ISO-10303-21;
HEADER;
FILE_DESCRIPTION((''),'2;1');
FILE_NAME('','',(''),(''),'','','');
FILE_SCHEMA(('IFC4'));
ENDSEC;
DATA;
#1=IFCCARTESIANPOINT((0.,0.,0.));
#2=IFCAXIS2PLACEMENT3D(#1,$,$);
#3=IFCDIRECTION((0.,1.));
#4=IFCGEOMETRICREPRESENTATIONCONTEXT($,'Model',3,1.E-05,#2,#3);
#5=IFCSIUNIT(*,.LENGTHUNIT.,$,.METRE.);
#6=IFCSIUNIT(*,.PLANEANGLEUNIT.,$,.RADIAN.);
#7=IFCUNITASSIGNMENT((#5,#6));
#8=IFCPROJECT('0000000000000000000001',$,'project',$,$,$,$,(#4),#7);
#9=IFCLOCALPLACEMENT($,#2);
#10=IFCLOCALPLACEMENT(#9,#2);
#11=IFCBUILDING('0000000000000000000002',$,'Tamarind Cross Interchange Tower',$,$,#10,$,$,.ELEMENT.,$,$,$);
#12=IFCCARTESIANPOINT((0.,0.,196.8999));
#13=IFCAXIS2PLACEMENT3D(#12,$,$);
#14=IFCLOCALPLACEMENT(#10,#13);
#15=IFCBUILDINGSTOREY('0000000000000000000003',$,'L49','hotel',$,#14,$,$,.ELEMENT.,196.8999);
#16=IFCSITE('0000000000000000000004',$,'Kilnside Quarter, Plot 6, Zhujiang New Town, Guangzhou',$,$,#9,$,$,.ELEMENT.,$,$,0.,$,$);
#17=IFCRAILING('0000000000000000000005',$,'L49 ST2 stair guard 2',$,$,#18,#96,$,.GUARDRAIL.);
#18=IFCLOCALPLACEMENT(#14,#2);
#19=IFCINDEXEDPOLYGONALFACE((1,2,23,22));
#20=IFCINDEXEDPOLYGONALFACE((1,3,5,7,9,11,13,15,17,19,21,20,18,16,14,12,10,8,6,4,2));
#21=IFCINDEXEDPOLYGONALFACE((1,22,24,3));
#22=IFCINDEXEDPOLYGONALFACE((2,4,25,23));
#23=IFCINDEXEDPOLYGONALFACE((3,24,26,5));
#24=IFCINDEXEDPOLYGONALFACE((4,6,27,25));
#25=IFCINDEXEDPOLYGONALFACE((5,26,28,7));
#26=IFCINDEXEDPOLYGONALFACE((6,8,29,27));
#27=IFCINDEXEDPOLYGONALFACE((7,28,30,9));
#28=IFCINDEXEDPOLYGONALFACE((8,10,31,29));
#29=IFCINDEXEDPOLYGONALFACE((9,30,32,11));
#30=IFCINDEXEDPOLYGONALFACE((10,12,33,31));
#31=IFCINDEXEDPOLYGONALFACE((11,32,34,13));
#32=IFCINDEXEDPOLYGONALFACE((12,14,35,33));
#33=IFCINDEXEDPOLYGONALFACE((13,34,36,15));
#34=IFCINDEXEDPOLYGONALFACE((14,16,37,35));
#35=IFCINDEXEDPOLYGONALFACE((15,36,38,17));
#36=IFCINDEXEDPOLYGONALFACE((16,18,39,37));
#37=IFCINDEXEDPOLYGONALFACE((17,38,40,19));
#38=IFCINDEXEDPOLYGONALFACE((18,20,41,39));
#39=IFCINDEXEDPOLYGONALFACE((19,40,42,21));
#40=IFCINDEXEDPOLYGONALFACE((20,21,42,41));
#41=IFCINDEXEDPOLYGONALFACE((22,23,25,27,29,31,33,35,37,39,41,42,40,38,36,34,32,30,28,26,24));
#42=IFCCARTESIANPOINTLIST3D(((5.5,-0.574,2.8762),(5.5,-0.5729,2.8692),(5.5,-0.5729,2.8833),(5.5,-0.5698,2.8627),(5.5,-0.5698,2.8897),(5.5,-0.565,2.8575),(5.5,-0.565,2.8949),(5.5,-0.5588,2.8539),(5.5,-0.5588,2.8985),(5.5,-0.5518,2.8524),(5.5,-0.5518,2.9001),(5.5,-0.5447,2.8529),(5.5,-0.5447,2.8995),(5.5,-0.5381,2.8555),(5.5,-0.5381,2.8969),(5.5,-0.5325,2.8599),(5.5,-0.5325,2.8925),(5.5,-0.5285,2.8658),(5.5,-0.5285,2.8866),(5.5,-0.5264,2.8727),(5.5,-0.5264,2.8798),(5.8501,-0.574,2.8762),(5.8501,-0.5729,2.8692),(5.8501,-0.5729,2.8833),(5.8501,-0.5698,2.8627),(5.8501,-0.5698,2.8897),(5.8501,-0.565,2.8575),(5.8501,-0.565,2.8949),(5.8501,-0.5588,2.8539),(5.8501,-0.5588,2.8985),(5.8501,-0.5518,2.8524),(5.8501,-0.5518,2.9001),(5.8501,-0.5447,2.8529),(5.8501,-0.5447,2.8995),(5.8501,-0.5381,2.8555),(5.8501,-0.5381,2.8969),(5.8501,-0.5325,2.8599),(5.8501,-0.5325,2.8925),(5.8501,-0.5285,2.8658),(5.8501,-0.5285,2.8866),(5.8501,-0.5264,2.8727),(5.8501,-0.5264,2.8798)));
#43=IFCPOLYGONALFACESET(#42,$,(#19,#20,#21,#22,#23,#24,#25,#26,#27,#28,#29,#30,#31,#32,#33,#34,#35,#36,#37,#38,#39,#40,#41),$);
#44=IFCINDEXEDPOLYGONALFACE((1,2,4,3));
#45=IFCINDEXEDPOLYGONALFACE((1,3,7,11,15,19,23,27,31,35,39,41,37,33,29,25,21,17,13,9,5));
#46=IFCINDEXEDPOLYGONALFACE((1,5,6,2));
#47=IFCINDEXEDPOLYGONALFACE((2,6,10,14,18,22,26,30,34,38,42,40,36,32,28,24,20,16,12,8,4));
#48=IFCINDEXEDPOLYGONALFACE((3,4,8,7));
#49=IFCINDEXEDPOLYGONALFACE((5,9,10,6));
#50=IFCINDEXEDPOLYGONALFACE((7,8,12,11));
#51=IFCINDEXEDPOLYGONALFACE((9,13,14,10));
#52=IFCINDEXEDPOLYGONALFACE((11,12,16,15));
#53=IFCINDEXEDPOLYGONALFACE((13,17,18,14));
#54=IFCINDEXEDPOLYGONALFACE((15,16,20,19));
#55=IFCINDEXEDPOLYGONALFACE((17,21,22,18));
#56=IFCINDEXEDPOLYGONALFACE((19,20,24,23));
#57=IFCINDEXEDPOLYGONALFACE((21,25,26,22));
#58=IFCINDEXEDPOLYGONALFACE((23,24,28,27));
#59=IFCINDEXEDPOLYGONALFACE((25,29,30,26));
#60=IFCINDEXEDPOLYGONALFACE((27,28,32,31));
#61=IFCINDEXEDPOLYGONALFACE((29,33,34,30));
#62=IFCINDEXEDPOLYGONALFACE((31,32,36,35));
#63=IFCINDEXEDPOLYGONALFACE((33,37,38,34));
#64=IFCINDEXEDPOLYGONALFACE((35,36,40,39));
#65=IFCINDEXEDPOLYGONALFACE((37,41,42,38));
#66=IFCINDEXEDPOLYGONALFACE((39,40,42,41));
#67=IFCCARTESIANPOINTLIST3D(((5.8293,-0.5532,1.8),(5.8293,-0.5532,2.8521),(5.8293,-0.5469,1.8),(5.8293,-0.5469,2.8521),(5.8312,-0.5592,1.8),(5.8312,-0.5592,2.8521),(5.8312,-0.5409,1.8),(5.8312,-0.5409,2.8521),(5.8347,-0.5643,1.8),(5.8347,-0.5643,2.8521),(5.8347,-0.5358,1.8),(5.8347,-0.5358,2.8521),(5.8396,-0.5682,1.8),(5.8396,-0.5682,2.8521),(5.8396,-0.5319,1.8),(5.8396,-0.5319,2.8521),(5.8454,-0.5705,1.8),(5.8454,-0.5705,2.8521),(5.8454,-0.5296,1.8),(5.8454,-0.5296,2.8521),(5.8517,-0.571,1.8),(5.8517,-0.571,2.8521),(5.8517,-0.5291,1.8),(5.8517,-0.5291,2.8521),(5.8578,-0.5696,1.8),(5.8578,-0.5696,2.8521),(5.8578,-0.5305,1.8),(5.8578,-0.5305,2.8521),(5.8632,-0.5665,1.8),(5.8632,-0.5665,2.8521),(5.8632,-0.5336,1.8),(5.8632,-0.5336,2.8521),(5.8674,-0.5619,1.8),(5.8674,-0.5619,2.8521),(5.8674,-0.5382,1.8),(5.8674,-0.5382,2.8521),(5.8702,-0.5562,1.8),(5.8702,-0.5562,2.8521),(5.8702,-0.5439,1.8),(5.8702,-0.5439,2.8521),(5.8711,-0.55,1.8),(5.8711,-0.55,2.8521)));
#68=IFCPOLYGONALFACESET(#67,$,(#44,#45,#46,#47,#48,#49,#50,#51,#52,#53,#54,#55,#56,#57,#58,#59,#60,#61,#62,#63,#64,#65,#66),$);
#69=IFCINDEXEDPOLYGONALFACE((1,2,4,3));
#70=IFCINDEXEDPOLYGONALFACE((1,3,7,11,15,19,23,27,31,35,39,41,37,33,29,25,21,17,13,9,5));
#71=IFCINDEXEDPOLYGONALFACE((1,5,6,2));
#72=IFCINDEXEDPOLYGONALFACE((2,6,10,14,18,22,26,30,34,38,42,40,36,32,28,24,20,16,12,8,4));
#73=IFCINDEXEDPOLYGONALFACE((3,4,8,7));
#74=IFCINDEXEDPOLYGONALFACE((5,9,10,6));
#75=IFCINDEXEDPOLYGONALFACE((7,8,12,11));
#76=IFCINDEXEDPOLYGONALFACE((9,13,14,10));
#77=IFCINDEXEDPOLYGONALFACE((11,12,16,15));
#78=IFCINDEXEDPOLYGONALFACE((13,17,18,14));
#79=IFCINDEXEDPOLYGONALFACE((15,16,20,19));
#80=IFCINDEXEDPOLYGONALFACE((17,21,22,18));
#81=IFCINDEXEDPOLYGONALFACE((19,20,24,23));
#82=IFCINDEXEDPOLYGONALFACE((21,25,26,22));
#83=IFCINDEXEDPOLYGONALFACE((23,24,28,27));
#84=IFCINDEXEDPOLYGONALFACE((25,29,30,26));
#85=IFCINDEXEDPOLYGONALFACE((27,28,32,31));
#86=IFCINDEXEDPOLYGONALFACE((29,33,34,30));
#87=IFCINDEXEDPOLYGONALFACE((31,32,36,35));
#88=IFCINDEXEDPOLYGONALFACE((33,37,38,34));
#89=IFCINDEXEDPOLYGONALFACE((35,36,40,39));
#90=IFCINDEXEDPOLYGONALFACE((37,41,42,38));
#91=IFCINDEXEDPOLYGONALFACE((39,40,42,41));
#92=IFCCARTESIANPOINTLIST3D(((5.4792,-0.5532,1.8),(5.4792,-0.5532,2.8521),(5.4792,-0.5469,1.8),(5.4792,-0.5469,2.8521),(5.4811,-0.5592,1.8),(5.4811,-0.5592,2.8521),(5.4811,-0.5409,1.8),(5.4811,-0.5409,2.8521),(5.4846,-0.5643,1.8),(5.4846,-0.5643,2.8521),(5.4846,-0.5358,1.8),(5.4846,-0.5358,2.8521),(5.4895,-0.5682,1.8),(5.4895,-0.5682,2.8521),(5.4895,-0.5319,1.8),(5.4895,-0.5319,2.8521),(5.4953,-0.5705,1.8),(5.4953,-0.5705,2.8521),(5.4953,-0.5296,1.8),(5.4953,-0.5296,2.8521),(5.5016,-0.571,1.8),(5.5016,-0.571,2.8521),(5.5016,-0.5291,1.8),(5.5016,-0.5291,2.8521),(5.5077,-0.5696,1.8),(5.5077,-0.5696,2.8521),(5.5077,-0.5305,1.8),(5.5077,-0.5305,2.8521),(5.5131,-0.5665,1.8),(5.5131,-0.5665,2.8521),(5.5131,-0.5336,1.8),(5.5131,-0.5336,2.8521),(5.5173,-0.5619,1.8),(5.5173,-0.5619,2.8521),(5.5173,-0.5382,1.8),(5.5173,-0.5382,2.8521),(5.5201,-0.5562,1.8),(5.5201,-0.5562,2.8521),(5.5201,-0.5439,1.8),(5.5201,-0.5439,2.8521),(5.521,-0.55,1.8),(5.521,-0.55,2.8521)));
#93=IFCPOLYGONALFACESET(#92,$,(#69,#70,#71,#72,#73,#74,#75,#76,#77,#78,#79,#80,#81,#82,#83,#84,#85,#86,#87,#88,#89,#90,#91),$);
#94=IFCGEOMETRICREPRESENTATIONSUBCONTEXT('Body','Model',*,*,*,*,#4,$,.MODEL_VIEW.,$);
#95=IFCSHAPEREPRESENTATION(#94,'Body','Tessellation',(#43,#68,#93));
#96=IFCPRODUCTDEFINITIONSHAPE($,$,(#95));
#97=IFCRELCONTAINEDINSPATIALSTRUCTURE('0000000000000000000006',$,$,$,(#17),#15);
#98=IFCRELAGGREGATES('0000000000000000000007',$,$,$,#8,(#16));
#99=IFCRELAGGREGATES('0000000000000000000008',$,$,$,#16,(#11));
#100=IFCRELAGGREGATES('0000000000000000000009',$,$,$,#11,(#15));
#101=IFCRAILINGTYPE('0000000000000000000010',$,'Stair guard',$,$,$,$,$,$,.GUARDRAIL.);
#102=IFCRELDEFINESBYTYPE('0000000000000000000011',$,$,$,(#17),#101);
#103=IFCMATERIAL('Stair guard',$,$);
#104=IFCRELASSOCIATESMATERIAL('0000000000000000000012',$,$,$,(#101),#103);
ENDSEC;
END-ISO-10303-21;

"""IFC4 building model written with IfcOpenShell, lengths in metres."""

from ifc_helpers import new_model, si_unit, direction, frame, origin, origin_2d, place, context, subcontext, project, spatial, circle, extrude, material, type_object, element, save


model = new_model("IFC4")

# Units and contexts
model_context = context("Model", 3, precision=1e-05, world=origin(), true_north=direction((0.0, 1.0)))
body_context = subcontext(model_context, "Body", "Model", "MODEL_VIEW")
ifc_project = project(units=[si_unit("LENGTHUNIT", "METRE"), si_unit("PLANEANGLEUNIT", "RADIAN")], contexts=[model_context])

# Site, building, storey
site_placement = place(None, origin())
site = spatial("IfcSite", under=ifc_project, at=site_placement, Name="Kilnside Quarter, Plot 6, Zhujiang New Town, Guangzhou", CompositionType="ELEMENT", RefElevation=0.0)
building_placement = place(site_placement, origin())
building = spatial("IfcBuilding", under=site, at=building_placement, Name="Tamarind Cross Interchange Tower", CompositionType="ELEMENT")
storey_placement = place(building_placement, frame((0.0, 0.0, 196.8999)))
storey = spatial("IfcBuildingStorey", under=building, at=storey_placement, Name="L49", Description="hotel", CompositionType="ELEMENT", Elevation=196.8999)

# Railing
ifc_material_1 = material(Name="Stair guard")
railing_type_1 = type_object("IfcRailingType", Name="Stair guard", PredefinedType="GUARDRAIL", material=ifc_material_1)
railing_1_placement = place(storey_placement, frame((5.8501, -0.55, 1.8)))
element("IfcRailing", 1, at=railing_1_placement, inside=storey, type_object=railing_type_1, Name="L49 ST2 stair guard 2", PredefinedType="GUARDRAIL", context=body_context, shape_type="SweptSolid", body=[
    extrude(circle(Radius=0.0239, at=origin_2d()), frame((0.0, 0.0, 1.0762), z_axis=(-1.0, 0.0, 0.0), x_axis=(0.0, -1.0, 0.0)), (0.0, 0.0, 1.0), 0.3501),
    extrude(circle(Radius=0.021, at=origin_2d()), origin(), (0.0, 0.0, 1.0), 1.052),
    extrude(circle(Radius=0.021, at=origin_2d()), frame((-0.3501, 0.0, 0.0)), (0.0, 0.0, 1.0), 1.052),
])

save(model, "model.ifc")
